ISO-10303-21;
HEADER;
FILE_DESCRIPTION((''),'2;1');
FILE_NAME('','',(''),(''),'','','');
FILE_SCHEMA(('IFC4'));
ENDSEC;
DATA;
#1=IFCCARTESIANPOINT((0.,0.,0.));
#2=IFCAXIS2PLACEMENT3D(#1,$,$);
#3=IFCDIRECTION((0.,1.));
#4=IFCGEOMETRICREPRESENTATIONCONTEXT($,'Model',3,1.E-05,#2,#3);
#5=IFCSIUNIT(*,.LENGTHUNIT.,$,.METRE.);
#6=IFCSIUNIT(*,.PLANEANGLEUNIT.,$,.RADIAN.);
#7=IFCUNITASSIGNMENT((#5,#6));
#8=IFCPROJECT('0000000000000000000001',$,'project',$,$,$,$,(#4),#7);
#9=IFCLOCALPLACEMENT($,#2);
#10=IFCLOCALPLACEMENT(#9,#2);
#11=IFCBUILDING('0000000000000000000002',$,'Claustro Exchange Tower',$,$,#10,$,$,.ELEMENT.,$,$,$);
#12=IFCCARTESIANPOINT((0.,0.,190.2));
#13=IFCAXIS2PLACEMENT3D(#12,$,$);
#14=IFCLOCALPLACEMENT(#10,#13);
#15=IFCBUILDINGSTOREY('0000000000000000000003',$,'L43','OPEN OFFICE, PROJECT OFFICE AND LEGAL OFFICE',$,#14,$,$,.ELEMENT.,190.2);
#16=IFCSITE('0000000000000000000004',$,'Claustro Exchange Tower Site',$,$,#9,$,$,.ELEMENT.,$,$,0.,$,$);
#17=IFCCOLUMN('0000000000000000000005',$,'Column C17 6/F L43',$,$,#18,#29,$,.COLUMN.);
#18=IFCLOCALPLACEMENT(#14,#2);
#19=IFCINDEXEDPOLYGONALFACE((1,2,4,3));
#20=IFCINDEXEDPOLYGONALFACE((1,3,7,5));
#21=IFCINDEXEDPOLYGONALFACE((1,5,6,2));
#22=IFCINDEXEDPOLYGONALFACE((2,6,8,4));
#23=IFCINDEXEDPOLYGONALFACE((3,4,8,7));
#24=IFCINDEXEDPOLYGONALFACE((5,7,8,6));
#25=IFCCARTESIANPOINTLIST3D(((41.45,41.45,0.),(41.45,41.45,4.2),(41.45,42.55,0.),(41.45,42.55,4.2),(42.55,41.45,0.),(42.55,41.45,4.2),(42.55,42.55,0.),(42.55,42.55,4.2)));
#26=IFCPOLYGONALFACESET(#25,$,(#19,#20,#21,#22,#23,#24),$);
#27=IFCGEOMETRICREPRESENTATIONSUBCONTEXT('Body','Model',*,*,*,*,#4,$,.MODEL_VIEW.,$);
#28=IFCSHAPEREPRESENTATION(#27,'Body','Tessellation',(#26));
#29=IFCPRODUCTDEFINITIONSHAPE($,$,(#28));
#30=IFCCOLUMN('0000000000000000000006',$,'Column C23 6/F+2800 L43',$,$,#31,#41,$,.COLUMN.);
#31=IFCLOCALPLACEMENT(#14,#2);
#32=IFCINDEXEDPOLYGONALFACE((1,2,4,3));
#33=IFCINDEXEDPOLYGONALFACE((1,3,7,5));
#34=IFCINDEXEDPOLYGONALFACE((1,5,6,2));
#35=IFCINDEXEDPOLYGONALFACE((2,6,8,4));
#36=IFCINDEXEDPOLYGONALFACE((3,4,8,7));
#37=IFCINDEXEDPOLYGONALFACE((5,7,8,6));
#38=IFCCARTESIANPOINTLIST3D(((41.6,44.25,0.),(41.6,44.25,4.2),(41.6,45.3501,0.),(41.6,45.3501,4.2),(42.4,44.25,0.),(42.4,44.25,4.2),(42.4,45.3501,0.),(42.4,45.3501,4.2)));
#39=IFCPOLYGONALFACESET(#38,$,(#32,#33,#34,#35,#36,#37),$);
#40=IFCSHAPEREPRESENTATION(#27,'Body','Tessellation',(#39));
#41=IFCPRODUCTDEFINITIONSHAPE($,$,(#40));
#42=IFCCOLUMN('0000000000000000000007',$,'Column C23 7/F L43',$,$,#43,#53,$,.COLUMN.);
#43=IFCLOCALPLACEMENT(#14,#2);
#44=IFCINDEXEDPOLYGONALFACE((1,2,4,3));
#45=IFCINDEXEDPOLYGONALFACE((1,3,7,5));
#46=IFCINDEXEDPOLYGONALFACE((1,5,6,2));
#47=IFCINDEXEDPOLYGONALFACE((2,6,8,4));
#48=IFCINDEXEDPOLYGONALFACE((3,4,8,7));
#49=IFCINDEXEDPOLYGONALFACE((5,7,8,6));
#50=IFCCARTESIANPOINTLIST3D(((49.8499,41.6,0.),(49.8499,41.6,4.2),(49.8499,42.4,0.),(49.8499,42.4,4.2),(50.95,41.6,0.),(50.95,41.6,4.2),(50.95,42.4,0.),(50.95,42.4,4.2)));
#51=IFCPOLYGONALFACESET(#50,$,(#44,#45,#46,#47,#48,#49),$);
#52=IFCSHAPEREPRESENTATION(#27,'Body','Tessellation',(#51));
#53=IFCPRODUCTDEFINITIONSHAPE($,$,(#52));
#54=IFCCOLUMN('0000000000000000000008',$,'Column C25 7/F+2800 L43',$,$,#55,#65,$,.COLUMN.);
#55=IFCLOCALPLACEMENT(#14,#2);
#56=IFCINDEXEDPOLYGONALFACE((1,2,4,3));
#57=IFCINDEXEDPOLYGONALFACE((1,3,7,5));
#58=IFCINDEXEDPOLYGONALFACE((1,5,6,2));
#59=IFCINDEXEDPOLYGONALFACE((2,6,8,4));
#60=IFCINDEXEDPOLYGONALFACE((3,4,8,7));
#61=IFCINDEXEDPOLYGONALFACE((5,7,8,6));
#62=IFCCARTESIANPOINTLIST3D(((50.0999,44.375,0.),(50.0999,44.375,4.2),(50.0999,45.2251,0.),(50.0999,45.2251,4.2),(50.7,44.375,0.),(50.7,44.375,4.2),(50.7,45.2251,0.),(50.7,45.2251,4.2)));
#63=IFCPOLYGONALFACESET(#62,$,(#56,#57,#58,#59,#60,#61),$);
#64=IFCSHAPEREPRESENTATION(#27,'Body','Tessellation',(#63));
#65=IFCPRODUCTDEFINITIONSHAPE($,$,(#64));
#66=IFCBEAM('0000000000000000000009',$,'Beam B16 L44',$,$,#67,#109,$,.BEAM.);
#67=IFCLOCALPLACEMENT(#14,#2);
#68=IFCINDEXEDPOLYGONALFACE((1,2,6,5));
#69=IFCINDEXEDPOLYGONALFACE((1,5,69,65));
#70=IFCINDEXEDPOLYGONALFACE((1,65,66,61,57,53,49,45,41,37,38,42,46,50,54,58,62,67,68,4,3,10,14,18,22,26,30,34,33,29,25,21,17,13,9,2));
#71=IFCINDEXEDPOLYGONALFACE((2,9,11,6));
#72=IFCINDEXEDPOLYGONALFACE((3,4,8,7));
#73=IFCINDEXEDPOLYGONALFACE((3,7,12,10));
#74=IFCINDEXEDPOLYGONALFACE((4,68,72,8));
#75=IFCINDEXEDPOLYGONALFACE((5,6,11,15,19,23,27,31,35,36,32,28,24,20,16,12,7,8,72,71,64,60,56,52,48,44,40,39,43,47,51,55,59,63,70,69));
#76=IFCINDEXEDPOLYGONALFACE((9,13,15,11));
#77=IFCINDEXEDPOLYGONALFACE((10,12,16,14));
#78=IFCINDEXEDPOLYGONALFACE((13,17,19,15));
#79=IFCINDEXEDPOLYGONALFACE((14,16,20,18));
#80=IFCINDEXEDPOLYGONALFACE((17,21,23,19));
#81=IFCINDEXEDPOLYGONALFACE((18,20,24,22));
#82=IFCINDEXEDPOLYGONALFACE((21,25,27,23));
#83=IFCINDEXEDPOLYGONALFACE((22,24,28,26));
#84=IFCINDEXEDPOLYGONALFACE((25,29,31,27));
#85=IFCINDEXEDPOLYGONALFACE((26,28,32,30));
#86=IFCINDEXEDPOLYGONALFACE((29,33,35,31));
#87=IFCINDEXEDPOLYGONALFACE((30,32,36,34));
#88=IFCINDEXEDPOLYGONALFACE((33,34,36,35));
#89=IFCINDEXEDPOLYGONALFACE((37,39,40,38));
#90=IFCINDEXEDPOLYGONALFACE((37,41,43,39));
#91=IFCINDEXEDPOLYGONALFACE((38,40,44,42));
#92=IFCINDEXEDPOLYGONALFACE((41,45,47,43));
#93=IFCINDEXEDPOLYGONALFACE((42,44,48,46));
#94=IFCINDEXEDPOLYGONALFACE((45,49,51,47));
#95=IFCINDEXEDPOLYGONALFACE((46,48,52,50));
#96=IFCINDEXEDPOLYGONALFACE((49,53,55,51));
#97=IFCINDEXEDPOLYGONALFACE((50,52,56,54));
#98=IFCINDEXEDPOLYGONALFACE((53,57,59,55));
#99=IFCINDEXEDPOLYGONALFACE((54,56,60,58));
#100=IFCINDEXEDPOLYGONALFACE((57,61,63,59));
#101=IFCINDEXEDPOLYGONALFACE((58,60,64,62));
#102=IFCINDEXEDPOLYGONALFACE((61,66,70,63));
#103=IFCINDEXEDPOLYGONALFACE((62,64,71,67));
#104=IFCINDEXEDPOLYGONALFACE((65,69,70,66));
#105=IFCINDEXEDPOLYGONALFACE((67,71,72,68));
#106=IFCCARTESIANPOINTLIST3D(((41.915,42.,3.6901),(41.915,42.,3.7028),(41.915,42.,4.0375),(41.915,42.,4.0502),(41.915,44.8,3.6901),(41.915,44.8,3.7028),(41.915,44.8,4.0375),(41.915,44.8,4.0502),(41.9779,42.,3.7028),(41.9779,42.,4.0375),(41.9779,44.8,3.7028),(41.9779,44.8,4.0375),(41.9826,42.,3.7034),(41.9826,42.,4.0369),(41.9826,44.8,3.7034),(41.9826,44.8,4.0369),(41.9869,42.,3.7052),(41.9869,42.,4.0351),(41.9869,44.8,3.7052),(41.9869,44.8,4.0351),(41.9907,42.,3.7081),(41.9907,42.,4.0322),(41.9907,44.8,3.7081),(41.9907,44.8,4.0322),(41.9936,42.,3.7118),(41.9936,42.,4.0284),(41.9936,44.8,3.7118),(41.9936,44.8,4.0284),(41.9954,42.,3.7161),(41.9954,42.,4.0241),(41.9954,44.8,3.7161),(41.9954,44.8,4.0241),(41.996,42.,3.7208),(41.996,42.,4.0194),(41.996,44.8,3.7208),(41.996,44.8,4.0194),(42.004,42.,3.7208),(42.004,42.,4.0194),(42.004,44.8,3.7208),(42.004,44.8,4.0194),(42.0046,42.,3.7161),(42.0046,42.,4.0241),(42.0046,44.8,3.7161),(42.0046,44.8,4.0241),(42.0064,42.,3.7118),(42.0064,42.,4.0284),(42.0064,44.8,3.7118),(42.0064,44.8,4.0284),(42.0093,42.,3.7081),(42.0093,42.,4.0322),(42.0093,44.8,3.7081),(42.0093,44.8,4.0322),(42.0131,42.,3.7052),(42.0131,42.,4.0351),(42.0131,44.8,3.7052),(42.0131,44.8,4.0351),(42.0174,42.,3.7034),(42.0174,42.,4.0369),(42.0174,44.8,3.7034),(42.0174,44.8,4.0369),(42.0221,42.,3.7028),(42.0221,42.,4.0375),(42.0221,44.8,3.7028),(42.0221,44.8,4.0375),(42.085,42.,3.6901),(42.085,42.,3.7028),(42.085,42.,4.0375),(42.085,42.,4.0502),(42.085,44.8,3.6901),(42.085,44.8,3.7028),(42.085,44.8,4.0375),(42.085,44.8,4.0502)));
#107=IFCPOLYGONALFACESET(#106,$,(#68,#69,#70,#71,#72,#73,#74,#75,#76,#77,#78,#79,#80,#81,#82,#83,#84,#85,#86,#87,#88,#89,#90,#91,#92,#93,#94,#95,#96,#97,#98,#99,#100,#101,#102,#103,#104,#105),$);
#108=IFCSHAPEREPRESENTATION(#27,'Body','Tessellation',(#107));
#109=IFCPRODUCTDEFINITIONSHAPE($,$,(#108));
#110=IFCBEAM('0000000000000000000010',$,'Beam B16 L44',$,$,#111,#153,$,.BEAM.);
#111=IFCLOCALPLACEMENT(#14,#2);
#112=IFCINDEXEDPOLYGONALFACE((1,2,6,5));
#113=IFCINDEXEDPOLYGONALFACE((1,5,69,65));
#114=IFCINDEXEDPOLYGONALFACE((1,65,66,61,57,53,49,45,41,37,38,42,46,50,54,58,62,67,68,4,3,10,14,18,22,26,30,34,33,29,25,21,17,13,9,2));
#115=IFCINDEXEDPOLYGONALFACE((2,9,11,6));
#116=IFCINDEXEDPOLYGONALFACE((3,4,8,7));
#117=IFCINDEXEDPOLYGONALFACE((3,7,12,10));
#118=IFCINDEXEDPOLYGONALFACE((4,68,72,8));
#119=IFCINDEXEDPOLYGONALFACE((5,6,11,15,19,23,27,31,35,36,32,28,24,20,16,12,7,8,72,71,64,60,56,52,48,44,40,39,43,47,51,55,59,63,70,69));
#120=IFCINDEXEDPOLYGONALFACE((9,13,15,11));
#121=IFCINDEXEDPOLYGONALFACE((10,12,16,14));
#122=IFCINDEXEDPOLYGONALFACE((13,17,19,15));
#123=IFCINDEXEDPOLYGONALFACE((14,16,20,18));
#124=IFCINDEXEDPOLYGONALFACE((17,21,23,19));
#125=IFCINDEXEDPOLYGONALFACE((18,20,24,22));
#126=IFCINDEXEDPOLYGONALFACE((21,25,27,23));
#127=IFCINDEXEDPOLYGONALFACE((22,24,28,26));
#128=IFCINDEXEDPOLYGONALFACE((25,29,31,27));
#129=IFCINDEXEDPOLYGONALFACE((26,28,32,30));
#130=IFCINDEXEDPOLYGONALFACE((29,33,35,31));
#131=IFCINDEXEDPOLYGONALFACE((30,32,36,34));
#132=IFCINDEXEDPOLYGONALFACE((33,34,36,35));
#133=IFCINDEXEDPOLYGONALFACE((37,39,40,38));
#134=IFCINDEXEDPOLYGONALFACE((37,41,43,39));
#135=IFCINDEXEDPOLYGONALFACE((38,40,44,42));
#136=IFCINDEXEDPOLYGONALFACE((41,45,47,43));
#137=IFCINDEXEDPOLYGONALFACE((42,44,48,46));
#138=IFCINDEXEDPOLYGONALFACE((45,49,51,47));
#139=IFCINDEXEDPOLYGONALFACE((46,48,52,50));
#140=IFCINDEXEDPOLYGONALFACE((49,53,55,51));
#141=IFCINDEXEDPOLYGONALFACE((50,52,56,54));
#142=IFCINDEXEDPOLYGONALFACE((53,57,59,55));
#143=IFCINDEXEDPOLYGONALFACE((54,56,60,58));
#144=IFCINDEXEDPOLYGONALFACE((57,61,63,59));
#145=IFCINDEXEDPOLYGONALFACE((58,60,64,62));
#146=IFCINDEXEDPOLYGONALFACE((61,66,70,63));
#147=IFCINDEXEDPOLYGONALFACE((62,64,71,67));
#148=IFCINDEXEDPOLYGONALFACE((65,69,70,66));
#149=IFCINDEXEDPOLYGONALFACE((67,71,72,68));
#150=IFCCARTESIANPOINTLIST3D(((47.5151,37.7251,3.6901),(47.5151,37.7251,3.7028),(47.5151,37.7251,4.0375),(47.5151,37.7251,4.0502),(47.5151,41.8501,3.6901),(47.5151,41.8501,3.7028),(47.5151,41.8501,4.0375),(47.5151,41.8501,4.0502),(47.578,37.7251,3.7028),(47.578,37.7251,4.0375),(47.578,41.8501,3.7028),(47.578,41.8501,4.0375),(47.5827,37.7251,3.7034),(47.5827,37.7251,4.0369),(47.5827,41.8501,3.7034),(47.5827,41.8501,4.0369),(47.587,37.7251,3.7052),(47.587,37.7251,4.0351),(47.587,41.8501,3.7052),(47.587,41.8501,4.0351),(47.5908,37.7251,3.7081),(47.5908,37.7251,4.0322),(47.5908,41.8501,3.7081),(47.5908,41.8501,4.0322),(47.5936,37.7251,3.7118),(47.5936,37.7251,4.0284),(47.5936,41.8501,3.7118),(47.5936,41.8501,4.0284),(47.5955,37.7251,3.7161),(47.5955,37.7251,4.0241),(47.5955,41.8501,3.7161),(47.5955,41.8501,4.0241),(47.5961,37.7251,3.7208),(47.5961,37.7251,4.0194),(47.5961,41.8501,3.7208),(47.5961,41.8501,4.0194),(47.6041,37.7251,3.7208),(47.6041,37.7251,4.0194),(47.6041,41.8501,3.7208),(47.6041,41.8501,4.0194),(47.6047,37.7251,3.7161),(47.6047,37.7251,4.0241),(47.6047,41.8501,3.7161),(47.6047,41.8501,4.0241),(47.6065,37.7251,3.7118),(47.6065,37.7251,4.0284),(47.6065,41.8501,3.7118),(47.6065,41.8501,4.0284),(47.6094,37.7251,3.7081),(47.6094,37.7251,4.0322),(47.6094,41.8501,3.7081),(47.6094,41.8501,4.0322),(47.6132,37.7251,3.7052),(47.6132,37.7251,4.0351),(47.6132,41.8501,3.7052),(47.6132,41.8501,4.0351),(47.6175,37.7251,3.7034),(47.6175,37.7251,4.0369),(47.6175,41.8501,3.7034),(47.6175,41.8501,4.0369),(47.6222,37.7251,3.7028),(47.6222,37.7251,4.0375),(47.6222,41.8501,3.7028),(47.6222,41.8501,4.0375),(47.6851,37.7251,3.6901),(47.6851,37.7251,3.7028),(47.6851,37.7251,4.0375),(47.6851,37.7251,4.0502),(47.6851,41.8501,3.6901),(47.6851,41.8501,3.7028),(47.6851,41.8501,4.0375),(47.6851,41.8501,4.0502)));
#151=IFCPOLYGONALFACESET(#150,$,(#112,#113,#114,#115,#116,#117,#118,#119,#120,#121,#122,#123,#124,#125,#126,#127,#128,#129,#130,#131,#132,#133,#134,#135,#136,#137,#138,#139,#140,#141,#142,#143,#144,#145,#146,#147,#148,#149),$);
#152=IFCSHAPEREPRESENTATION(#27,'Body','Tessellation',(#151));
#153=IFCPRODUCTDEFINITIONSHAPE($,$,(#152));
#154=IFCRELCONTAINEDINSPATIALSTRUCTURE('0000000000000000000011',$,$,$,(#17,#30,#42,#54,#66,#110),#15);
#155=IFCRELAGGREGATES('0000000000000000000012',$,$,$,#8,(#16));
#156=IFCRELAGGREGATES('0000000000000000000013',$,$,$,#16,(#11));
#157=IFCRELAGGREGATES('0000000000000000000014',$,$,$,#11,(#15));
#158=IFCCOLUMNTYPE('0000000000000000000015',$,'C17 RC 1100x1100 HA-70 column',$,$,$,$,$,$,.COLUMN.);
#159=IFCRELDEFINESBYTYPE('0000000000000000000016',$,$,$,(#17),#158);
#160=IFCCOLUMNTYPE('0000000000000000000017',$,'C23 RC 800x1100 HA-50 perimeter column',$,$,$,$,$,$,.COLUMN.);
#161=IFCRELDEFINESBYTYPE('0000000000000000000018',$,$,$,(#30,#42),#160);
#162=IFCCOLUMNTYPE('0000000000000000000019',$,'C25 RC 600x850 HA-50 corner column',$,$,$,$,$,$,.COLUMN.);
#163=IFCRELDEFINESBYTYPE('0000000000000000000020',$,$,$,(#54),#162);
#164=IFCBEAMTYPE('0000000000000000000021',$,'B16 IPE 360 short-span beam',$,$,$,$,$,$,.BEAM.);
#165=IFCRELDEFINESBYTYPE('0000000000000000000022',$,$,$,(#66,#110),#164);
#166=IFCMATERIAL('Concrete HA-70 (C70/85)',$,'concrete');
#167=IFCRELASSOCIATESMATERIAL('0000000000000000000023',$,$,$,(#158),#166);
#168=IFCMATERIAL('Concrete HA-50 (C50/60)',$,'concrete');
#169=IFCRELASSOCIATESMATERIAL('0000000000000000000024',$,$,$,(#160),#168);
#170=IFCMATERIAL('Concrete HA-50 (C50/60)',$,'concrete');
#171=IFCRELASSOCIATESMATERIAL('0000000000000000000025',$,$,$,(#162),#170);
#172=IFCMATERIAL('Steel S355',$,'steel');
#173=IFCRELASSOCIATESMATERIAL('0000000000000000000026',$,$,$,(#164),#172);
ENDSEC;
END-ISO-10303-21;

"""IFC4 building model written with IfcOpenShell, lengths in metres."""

from ifc_helpers import new_model, si_unit, direction, frame, origin, origin_2d, place, context, subcontext, project, spatial, rectangle, i_section, extrude, material, material_profile, profile_set, type_object, element, save


model = new_model("IFC4")

# Units and contexts
model_context = context("Model", 3, precision=1e-05, world=origin(), true_north=direction((0.0, 1.0)))
body_context = subcontext(model_context, "Body", "Model", "MODEL_VIEW")
ifc_project = project(units=[si_unit("LENGTHUNIT", "METRE"), si_unit("PLANEANGLEUNIT", "RADIAN")], contexts=[model_context])

# Site, building, storey
site_placement = place(None, origin())
site = spatial("IfcSite", under=ifc_project, at=site_placement, Name="Claustro Exchange Tower Site", CompositionType="ELEMENT", RefElevation=0.0)
building_placement = place(site_placement, origin())
building = spatial("IfcBuilding", under=site, at=building_placement, Name="Claustro Exchange Tower", CompositionType="ELEMENT")
storey_placement = place(building_placement, frame((0.0, 0.0, 190.2)))
storey = spatial("IfcBuildingStorey", under=building, at=storey_placement, Name="L43", Description="OPEN OFFICE, PROJECT OFFICE AND LEGAL OFFICE", CompositionType="ELEMENT", Elevation=190.2)

# Columns
ifc_material_1 = material(Name="Concrete HA-70 (C70/85)", Category="concrete")
ifc_material_profile_1 = material_profile(ifc_material_1, rectangle(XDim=1.1001, YDim=1.1001, at=origin_2d()), Name="RC 1100x1100")
ifc_profile_set_1 = profile_set([ifc_material_profile_1], Name="Concrete HA-70 (C70/85)")
column_type_1 = type_object("IfcColumnType", Name="C17 RC 1100x1100 HA-70 column", PredefinedType="COLUMN", material=ifc_profile_set_1)
column_1_placement = place(storey_placement, frame((42.0, 42.0, 0.0), z_axis=(0.0, 0.0, 1.0), x_axis=(1.0, 0.0, 0.0)))
element("IfcColumn", 1, at=column_1_placement, inside=storey, type_object=column_type_1, Name="Column C17 6/F L43", PredefinedType="COLUMN", context=body_context, shape_type="SweptSolid", body=[
    extrude(rectangle(XDim=1.1001, YDim=1.1001, at=origin_2d()), origin(), (0.0, 0.0, 1.0), 4.2),
])
ifc_material_2 = material(Name="Concrete HA-50 (C50/60)", Category="concrete")
ifc_material_profile_2 = material_profile(ifc_material_2, rectangle(XDim=0.8, YDim=1.1001, at=origin_2d()), Name="RC 800x1100")
ifc_profile_set_2 = profile_set([ifc_material_profile_2], Name="Concrete HA-50 (C50/60)")
column_type_2 = type_object("IfcColumnType", Name="C23 RC 800x1100 HA-50 perimeter column", PredefinedType="COLUMN", material=ifc_profile_set_2)
for number, where, z_axis, x_axis, name in (
    (2, (42.0, 44.8, 0.0), (0.0, 0.0, 1.0), (1.0, 0.0, 0.0), "Column C23 6/F+2800 L43"),
    (3, (50.3999, 42.0, 0.0), (0.0, 0.0, 1.0), (0.0, 1.0, 0.0), "Column C23 7/F L43"),
):
    element("IfcColumn", number, at=place(storey_placement, frame(where, z_axis=z_axis, x_axis=x_axis)), inside=storey, type_object=column_type_2, Name=name, PredefinedType="COLUMN", context=body_context, shape_type="SweptSolid", body=[
        extrude(rectangle(XDim=0.8, YDim=1.1001, at=origin_2d()), origin(), (0.0, 0.0, 1.0), 4.2),
    ])
ifc_material_3 = material(Name="Concrete HA-50 (C50/60)", Category="concrete")
ifc_material_profile_3 = material_profile(ifc_material_3, rectangle(XDim=0.6001, YDim=0.8501, at=origin_2d()), Name="RC 600x850")
ifc_profile_set_3 = profile_set([ifc_material_profile_3], Name="Concrete HA-50 (C50/60)")
column_type_3 = type_object("IfcColumnType", Name="C25 RC 600x850 HA-50 corner column", PredefinedType="COLUMN", material=ifc_profile_set_3)
column_2_placement = place(storey_placement, frame((50.3999, 44.8, 0.0), z_axis=(0.0, 0.0, 1.0), x_axis=(1.0, 0.0, 0.0)))
element("IfcColumn", 4, at=column_2_placement, inside=storey, type_object=column_type_3, Name="Column C25 7/F+2800 L43", PredefinedType="COLUMN", context=body_context, shape_type="SweptSolid", body=[
    extrude(rectangle(XDim=0.6001, YDim=0.8501, at=origin_2d()), origin(), (0.0, 0.0, 1.0), 4.2),
])

# Beams
ifc_material_4 = material(Name="Steel S355", Category="steel")
ifc_material_profile_4 = material_profile(ifc_material_4, i_section(OverallWidth=0.1699, OverallDepth=0.3601, WebThickness=0.0081, FlangeThickness=0.0127, FilletRadius=0.0181, at=origin_2d()), Name="IPE 360")
ifc_profile_set_4 = profile_set([ifc_material_profile_4], Name="Steel S355")
beam_type_1 = type_object("IfcBeamType", Name="B16 IPE 360 short-span beam", PredefinedType="BEAM", material=ifc_profile_set_4)
beam_1_placement = place(storey_placement, frame((42.0, 42.0, 3.8701), z_axis=(0.0, 1.0, 0.0), x_axis=(-1.0, 0.0, 0.0)))
element("IfcBeam", 5, at=beam_1_placement, inside=storey, type_object=beam_type_1, Name="Beam B16 L44", PredefinedType="BEAM", context=body_context, shape_type="SweptSolid", body=[
    extrude(i_section(OverallWidth=0.1699, OverallDepth=0.3601, WebThickness=0.0081, FlangeThickness=0.0127, FilletRadius=0.0181, at=origin_2d()), origin(), (0.0, 0.0, 1.0), 2.8),
])
beam_2_placement = place(storey_placement, frame((47.6001, 37.7251, 3.8701), z_axis=(0.0, 1.0, 0.0), x_axis=(-1.0, 0.0, 0.0)))
element("IfcBeam", 6, at=beam_2_placement, inside=storey, type_object=beam_type_1, Name="Beam B16 L44", PredefinedType="BEAM", context=body_context, shape_type="SweptSolid", body=[
    extrude(i_section(OverallWidth=0.1699, OverallDepth=0.3601, WebThickness=0.0081, FlangeThickness=0.0127, FilletRadius=0.0181, at=origin_2d()), origin(), (0.0, 0.0, 1.0), 4.125),
])

save(model, "model.ifc")
